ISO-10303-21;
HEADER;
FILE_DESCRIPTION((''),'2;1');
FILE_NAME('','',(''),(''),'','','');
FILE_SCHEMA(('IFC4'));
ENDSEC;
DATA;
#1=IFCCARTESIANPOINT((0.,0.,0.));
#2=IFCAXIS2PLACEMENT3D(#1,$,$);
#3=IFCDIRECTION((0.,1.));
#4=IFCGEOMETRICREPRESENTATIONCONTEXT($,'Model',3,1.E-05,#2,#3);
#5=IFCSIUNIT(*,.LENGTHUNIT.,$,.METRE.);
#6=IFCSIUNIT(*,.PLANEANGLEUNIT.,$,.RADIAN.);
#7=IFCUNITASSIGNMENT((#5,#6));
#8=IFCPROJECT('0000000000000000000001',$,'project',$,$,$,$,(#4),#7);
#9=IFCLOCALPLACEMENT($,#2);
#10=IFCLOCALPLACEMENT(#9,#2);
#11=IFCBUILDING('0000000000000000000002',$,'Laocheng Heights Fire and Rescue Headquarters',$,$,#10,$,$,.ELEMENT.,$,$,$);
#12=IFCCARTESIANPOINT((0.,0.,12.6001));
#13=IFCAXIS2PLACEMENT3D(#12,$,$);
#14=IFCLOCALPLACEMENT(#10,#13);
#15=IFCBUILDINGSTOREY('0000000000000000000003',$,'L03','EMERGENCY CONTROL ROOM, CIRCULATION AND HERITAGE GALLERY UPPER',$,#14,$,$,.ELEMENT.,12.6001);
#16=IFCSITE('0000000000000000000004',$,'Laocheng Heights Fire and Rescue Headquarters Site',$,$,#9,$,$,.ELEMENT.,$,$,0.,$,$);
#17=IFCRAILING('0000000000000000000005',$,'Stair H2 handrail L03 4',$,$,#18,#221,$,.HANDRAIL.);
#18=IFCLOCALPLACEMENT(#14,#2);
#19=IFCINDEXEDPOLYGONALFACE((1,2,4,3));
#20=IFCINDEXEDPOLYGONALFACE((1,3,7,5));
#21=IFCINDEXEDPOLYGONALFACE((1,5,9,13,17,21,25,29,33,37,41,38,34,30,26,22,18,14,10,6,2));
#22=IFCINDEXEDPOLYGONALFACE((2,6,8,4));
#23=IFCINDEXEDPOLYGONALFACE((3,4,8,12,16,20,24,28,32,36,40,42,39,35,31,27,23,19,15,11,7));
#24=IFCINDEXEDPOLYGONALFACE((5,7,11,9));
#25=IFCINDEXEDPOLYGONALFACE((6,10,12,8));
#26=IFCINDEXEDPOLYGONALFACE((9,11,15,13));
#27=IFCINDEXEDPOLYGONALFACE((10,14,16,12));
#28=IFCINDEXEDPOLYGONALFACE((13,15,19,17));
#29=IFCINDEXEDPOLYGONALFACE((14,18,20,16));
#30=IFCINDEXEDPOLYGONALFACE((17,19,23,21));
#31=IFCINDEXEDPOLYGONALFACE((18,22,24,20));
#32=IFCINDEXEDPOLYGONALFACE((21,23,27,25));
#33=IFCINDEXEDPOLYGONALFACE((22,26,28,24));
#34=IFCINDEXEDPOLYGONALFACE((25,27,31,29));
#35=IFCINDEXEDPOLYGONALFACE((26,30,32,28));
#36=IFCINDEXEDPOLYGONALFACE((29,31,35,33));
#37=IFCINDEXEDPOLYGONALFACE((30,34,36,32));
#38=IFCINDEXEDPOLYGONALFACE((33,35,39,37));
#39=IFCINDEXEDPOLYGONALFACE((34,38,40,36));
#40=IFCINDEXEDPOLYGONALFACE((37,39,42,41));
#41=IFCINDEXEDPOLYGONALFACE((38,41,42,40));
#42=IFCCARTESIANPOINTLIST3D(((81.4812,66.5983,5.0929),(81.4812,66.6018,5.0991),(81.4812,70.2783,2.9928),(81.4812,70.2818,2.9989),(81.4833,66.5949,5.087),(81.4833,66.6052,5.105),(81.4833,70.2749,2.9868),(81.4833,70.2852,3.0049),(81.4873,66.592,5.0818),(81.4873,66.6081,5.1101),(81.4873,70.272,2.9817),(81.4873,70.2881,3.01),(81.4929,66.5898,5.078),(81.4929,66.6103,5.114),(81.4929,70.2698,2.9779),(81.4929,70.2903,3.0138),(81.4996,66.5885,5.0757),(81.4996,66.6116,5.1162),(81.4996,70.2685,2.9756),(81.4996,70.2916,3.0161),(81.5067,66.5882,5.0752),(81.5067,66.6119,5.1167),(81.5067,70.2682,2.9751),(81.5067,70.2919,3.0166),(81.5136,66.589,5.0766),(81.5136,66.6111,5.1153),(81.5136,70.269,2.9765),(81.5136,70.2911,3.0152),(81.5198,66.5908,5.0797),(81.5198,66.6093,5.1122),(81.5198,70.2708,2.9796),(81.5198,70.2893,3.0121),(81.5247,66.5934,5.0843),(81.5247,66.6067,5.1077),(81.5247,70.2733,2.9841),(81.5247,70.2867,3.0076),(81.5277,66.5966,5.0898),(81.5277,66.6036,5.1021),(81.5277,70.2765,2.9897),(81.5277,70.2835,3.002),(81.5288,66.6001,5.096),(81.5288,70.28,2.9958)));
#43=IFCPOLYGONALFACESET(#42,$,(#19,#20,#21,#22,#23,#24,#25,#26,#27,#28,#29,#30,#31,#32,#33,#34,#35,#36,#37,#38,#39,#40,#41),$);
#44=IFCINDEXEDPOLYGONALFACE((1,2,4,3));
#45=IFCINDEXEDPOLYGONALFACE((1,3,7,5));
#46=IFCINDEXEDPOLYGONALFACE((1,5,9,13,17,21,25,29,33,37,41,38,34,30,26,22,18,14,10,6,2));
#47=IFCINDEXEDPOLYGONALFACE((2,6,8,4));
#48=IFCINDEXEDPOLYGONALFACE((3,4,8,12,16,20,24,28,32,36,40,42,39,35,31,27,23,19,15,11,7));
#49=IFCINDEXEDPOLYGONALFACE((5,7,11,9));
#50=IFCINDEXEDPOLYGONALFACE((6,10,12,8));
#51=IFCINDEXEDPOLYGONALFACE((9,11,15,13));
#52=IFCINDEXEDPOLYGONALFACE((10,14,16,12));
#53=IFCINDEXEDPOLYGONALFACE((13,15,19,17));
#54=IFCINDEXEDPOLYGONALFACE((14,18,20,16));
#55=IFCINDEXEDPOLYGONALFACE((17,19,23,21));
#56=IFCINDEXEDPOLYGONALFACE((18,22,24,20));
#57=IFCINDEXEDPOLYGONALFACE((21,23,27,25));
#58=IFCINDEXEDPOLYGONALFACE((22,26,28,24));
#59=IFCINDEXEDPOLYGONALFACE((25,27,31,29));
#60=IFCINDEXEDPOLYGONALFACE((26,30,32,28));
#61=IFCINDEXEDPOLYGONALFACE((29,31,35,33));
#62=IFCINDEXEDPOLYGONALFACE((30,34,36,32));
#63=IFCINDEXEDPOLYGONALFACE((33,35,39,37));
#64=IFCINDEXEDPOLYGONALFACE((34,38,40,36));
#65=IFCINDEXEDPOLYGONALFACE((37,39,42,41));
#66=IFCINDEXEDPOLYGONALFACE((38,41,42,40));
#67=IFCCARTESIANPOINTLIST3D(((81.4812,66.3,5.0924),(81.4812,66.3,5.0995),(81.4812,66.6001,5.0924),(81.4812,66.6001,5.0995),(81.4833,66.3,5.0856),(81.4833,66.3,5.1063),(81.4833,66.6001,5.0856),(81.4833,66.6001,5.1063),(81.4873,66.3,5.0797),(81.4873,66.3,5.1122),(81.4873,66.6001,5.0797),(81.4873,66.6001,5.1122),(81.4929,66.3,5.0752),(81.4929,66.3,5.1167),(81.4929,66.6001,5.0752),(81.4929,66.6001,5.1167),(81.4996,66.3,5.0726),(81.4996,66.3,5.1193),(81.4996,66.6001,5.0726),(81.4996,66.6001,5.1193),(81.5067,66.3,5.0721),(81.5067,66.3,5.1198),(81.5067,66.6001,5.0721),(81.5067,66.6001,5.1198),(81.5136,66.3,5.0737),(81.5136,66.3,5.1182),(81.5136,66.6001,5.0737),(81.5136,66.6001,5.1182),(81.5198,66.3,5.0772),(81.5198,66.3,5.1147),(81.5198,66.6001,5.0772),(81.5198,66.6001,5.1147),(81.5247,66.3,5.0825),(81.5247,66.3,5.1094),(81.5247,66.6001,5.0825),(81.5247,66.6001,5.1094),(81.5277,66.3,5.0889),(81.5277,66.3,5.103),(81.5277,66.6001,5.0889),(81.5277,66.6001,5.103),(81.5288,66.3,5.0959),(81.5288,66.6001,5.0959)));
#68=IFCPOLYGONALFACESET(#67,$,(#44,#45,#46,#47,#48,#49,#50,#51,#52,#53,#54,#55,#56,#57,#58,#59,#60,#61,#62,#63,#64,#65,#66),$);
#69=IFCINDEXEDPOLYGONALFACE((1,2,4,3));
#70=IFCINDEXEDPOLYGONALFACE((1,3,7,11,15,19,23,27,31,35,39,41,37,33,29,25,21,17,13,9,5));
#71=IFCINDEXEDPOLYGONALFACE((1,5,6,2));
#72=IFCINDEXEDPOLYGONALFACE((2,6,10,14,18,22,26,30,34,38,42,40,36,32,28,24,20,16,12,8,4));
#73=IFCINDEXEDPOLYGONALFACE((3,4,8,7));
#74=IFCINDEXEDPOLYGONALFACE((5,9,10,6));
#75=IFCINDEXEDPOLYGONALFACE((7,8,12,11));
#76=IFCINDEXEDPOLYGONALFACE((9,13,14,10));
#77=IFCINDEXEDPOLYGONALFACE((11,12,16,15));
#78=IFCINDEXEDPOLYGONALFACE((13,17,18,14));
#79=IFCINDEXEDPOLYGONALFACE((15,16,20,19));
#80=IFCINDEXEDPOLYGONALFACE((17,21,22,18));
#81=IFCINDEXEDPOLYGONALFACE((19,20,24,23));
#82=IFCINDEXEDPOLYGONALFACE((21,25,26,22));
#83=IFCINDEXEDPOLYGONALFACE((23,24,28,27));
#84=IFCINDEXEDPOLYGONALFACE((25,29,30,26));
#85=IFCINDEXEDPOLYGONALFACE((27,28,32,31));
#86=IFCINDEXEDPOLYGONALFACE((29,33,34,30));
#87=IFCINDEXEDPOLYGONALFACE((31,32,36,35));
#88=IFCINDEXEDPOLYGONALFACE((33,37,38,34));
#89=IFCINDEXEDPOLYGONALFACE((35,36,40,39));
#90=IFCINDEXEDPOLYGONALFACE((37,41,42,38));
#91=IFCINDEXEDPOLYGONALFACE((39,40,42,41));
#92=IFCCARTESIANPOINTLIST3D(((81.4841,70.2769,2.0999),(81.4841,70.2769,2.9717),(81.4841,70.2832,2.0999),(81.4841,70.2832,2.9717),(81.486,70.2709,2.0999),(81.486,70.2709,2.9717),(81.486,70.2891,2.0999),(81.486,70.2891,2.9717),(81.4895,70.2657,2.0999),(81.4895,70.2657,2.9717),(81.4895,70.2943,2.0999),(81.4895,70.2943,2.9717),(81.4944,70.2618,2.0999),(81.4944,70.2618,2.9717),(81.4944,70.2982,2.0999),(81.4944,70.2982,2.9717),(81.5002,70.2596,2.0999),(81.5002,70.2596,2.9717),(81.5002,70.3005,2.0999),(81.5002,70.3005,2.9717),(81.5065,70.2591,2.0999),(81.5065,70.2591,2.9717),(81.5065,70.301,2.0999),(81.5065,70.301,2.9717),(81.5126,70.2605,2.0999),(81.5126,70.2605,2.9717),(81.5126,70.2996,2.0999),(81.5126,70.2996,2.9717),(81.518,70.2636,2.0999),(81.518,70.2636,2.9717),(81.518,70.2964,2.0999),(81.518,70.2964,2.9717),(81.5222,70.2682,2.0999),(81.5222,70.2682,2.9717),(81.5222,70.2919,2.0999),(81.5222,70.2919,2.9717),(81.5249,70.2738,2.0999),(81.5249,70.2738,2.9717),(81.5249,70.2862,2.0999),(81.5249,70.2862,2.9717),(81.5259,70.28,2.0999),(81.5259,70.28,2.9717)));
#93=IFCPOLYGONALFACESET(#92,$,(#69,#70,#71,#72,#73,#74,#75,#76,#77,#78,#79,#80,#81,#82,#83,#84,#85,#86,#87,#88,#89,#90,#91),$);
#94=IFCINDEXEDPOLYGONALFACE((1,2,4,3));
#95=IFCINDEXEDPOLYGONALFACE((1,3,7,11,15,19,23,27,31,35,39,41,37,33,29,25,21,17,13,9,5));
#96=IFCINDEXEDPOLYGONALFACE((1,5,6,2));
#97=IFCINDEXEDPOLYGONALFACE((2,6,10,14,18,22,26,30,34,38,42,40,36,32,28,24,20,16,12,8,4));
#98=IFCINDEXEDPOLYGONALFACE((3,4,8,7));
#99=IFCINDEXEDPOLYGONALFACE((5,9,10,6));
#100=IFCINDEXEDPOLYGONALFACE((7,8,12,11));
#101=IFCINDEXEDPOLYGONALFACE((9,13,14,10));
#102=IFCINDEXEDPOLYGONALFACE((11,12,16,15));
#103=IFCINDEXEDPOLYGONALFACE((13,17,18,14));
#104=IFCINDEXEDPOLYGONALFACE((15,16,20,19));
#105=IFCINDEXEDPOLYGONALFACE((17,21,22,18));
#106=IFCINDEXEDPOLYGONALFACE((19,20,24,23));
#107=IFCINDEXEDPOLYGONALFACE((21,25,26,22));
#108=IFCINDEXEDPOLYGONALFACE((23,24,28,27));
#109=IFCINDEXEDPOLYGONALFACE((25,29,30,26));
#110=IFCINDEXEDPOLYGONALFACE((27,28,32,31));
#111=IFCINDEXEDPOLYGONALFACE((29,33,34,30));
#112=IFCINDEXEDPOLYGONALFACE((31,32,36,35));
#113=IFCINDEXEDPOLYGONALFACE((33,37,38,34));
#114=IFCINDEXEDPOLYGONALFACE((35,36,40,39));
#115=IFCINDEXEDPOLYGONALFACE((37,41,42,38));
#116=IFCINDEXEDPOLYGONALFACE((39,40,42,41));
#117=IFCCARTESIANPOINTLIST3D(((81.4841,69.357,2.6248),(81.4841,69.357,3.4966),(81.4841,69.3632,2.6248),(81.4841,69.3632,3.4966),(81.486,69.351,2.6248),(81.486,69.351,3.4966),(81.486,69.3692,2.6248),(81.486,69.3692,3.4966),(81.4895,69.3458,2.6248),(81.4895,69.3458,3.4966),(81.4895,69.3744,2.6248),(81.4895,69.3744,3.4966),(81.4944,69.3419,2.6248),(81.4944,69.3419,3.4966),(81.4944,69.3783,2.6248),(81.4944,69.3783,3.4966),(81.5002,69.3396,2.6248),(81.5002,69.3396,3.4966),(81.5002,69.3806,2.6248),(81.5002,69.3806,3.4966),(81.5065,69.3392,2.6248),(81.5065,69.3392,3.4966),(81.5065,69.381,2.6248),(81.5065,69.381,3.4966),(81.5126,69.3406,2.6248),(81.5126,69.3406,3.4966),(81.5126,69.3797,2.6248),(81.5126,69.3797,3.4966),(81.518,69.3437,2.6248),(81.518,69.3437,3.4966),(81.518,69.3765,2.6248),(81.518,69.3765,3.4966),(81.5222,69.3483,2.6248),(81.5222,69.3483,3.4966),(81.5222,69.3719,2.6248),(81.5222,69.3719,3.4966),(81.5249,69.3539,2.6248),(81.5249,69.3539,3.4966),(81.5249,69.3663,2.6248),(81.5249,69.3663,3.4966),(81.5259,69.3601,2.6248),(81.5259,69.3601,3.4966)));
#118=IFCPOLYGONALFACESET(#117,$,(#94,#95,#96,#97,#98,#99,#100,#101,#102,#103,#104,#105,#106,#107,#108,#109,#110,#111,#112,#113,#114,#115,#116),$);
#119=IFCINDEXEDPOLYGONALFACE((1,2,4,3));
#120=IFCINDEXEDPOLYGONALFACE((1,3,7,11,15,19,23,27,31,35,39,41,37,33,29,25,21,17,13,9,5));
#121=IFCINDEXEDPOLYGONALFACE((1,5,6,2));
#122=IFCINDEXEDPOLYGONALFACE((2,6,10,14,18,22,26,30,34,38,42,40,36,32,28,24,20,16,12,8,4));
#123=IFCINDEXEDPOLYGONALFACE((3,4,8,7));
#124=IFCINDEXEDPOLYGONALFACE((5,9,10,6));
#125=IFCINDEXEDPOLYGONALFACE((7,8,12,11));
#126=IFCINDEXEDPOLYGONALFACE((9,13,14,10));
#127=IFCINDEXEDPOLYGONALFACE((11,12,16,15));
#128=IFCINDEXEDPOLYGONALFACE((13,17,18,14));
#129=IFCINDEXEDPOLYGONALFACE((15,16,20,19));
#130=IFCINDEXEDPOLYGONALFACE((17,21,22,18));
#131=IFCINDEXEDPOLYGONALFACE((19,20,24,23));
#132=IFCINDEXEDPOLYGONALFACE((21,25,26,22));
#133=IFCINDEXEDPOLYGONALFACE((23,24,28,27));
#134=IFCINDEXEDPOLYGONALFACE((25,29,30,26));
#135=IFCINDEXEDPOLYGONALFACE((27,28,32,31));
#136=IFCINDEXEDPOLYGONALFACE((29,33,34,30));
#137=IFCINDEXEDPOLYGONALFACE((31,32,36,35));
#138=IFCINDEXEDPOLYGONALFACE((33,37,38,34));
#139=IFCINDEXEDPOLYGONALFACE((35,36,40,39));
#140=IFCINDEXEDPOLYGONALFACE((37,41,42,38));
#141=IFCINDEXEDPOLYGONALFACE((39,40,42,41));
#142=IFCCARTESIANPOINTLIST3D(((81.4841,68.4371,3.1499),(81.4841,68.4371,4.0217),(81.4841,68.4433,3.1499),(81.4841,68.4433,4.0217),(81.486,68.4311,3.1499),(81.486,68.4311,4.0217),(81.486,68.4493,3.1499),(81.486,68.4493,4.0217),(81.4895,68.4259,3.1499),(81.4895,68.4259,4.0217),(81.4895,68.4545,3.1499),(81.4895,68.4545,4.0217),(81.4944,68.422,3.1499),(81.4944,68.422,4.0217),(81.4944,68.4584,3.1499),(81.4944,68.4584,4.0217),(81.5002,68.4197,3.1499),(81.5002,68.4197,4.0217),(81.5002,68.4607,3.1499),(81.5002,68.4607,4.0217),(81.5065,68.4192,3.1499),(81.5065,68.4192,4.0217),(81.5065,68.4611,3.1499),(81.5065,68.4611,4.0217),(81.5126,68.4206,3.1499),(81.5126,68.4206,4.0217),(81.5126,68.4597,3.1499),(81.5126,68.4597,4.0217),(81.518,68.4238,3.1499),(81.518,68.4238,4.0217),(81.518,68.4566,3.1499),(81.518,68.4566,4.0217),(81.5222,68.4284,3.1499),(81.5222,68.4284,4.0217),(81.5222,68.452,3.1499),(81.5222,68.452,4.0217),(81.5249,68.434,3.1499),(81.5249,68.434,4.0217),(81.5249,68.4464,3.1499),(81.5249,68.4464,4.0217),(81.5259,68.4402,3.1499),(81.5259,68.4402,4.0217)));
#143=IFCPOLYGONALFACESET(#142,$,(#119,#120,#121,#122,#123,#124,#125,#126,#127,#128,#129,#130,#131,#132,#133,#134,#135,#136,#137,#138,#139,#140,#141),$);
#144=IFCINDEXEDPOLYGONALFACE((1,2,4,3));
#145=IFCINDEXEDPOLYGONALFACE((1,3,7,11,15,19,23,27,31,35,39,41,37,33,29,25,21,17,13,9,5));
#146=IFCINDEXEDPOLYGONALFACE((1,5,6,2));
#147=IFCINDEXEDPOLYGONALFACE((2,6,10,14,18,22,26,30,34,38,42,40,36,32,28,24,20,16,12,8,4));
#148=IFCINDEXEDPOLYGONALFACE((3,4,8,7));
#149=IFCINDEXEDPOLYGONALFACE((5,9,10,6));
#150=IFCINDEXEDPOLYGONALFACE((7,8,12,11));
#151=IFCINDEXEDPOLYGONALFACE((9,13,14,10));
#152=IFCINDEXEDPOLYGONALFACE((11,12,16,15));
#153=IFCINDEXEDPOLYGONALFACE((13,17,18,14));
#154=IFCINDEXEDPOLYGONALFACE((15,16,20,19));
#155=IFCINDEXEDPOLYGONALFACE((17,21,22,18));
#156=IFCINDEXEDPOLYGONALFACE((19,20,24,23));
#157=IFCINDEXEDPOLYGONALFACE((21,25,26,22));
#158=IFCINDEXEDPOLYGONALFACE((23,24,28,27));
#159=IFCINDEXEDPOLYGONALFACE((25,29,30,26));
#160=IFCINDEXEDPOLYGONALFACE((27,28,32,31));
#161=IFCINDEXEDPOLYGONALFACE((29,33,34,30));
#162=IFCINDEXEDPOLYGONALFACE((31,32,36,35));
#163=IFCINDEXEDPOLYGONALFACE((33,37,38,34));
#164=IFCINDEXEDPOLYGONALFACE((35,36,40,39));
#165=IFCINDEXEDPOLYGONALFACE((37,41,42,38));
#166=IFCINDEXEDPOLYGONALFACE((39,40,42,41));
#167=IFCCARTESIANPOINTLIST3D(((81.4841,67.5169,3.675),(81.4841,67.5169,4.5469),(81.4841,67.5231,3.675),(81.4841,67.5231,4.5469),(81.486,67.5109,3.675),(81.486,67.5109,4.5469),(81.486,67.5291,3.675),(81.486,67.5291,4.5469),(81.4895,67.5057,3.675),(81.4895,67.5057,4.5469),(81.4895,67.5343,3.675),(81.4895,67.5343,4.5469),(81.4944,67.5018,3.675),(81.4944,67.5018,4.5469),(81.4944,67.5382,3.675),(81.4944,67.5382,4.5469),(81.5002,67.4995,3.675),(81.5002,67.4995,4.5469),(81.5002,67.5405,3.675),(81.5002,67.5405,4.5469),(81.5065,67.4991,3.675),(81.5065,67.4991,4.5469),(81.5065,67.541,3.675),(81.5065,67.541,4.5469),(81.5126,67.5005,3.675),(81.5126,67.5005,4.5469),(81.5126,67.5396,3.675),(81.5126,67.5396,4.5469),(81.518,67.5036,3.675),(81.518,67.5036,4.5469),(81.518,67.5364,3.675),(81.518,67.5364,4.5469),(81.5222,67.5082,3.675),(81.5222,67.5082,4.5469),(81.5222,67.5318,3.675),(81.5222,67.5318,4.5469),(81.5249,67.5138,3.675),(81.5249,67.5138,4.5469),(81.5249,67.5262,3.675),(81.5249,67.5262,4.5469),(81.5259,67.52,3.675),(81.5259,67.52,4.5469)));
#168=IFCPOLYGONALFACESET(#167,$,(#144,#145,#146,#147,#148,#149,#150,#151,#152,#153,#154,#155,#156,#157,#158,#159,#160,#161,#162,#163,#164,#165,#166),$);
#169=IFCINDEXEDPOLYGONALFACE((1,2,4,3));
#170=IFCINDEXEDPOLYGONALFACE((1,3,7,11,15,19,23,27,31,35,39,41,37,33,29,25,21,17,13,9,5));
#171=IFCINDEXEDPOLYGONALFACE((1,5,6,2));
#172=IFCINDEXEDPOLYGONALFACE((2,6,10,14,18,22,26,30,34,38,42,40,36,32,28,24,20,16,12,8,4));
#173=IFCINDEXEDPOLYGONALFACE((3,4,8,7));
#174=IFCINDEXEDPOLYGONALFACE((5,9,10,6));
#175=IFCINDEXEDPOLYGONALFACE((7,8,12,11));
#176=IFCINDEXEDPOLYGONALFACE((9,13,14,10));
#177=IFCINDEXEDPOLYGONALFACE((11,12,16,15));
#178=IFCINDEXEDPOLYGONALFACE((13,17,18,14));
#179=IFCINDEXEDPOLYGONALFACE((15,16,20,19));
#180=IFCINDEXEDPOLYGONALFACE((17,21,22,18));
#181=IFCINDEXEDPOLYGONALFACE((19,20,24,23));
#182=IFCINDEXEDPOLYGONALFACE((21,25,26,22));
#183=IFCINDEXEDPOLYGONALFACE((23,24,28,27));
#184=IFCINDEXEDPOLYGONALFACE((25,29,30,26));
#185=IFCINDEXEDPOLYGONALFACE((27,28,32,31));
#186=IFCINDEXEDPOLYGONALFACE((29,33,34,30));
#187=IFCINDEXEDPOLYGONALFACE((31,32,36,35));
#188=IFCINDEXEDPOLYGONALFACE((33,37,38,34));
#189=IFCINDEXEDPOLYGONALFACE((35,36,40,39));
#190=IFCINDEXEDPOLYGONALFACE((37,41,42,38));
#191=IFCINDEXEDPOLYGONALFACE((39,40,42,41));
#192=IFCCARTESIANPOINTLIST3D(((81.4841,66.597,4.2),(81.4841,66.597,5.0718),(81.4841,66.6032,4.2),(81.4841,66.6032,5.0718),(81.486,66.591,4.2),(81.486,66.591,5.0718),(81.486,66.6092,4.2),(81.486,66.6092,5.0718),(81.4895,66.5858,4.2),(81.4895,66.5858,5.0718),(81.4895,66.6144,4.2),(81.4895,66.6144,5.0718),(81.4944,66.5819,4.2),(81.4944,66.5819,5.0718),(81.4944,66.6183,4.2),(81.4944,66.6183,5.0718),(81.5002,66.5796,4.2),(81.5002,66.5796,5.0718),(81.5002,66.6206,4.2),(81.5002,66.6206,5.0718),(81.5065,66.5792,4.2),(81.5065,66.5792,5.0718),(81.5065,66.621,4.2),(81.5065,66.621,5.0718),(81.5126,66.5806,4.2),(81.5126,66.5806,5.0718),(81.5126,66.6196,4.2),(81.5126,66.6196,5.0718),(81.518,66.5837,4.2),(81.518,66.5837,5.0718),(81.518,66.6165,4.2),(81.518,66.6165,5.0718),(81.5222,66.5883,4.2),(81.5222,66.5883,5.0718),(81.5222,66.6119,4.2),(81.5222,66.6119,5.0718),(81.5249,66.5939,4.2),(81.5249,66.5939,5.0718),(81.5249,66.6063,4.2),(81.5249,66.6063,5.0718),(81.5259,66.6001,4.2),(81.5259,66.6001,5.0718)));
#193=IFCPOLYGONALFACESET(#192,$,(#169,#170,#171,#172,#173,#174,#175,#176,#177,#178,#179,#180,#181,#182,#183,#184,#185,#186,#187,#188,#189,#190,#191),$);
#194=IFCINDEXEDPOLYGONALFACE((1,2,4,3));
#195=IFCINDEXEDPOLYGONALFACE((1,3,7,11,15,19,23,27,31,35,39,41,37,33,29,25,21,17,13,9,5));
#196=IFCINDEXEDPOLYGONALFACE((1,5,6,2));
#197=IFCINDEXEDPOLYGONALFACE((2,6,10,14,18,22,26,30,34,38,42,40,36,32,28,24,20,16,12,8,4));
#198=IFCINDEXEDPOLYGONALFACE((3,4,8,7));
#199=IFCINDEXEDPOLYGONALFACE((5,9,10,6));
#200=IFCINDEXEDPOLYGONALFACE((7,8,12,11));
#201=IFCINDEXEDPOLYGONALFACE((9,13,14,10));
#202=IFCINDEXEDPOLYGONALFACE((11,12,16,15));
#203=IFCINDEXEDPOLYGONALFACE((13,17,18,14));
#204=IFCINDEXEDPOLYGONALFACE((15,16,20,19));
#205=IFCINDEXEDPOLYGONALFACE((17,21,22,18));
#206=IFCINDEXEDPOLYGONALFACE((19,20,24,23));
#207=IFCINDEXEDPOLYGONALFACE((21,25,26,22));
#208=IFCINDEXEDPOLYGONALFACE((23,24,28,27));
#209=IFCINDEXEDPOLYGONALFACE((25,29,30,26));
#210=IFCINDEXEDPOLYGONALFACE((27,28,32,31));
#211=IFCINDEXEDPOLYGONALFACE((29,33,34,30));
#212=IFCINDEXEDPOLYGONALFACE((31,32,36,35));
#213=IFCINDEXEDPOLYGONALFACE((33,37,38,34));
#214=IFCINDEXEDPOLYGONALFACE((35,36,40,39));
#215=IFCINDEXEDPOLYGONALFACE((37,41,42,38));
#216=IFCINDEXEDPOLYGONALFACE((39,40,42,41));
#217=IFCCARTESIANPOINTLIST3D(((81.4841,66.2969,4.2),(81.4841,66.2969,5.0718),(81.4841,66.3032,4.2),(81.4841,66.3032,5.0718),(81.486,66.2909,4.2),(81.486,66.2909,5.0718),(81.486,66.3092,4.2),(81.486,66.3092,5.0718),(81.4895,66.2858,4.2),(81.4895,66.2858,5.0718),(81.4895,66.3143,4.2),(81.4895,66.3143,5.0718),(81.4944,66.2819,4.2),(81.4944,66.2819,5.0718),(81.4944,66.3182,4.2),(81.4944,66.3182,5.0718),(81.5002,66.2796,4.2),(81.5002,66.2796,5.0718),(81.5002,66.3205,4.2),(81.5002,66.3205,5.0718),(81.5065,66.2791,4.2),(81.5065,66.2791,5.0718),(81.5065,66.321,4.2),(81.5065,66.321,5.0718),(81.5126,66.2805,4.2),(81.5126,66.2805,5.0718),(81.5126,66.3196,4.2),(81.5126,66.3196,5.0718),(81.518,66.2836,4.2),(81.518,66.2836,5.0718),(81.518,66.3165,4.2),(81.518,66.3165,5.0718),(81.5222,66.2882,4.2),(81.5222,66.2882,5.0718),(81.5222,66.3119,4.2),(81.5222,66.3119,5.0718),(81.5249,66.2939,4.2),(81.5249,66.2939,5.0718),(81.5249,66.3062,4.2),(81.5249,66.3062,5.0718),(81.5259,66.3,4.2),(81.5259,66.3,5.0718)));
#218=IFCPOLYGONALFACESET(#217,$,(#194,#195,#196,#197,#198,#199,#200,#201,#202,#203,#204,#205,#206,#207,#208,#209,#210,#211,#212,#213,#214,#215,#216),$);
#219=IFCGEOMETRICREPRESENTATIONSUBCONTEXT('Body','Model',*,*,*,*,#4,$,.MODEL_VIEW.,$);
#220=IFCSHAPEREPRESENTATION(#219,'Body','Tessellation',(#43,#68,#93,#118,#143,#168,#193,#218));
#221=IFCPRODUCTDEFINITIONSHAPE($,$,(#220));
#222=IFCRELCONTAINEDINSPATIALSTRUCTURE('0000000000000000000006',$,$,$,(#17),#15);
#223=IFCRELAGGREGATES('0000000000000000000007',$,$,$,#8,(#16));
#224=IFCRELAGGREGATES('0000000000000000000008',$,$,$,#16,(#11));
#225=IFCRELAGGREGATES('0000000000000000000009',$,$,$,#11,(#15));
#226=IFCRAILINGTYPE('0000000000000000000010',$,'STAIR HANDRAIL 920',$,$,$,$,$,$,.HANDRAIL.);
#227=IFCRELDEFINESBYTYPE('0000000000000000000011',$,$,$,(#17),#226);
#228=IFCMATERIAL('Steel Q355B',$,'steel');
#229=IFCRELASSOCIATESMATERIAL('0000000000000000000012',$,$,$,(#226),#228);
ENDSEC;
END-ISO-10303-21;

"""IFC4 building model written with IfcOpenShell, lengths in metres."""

from ifc_helpers import new_model, si_unit, direction, frame, origin, origin_2d, place, context, subcontext, project, spatial, circle, extrude, material, type_object, element, save


model = new_model("IFC4")

# Units and contexts
model_context = context("Model", 3, precision=1e-05, world=origin(), true_north=direction((0.0, 1.0)))
body_context = subcontext(model_context, "Body", "Model", "MODEL_VIEW")
ifc_project = project(units=[si_unit("LENGTHUNIT", "METRE"), si_unit("PLANEANGLEUNIT", "RADIAN")], contexts=[model_context])

# Site, building, storey
site_placement = place(None, origin())
site = spatial("IfcSite", under=ifc_project, at=site_placement, Name="Laocheng Heights Fire and Rescue Headquarters Site", CompositionType="ELEMENT", RefElevation=0.0)
building_placement = place(site_placement, origin())
building = spatial("IfcBuilding", under=site, at=building_placement, Name="Laocheng Heights Fire and Rescue Headquarters", CompositionType="ELEMENT")
storey_placement = place(building_placement, frame((0.0, 0.0, 12.6001)))
storey = spatial("IfcBuildingStorey", under=building, at=storey_placement, Name="L03", Description="EMERGENCY CONTROL ROOM, CIRCULATION AND HERITAGE GALLERY UPPER", CompositionType="ELEMENT", Elevation=12.6001)

# Railing
ifc_material_1 = material(Name="Steel Q355B", Category="steel")
railing_type_1 = type_object("IfcRailingType", Name="STAIR HANDRAIL 920", PredefinedType="HANDRAIL", material=ifc_material_1)
railing_1_placement = place(storey_placement, frame((81.5049, 70.28, 2.0999)))
element("IfcRailing", 1, at=railing_1_placement, inside=storey, type_object=railing_type_1, Name="Stair H2 handrail L03 4", PredefinedType="HANDRAIL", context=body_context, shape_type="SweptSolid", body=[
    extrude(circle(Radius=0.0239, at=origin_2d()), frame((0.0, 0.0, 0.896), z_axis=(0.0, -0.86852, 0.495655), x_axis=(1.0, 0.0, 0.0)), (0.0, 0.0, 1.0), 4.2371),
    extrude(circle(Radius=0.0239, at=origin_2d()), frame((0.0, -3.6799, 2.9961), z_axis=(0.0, -1.0, 0.0), x_axis=(1.0, 0.0, 0.0)), (0.0, 0.0, 1.0), 0.3),
    extrude(circle(Radius=0.021, at=origin_2d()), origin(), (0.0, 0.0, 1.0), 0.8718),
    extrude(circle(Radius=0.021, at=origin_2d()), frame((0.0, -0.9199, 0.5249)), (0.0, 0.0, 1.0), 0.8718),
    extrude(circle(Radius=0.021, at=origin_2d()), frame((0.0, -1.8398, 1.05)), (0.0, 0.0, 1.0), 0.8718),
    extrude(circle(Radius=0.021, at=origin_2d()), frame((0.0, -2.76, 1.5752)), (0.0, 0.0, 1.0), 0.8718),
    extrude(circle(Radius=0.021, at=origin_2d()), frame((0.0, -3.6799, 2.1001)), (0.0, 0.0, 1.0), 0.8718),
    extrude(circle(Radius=0.021, at=origin_2d()), frame((0.0, -3.98, 2.1001)), (0.0, 0.0, 1.0), 0.8718),
])

save(model, "model.ifc")
